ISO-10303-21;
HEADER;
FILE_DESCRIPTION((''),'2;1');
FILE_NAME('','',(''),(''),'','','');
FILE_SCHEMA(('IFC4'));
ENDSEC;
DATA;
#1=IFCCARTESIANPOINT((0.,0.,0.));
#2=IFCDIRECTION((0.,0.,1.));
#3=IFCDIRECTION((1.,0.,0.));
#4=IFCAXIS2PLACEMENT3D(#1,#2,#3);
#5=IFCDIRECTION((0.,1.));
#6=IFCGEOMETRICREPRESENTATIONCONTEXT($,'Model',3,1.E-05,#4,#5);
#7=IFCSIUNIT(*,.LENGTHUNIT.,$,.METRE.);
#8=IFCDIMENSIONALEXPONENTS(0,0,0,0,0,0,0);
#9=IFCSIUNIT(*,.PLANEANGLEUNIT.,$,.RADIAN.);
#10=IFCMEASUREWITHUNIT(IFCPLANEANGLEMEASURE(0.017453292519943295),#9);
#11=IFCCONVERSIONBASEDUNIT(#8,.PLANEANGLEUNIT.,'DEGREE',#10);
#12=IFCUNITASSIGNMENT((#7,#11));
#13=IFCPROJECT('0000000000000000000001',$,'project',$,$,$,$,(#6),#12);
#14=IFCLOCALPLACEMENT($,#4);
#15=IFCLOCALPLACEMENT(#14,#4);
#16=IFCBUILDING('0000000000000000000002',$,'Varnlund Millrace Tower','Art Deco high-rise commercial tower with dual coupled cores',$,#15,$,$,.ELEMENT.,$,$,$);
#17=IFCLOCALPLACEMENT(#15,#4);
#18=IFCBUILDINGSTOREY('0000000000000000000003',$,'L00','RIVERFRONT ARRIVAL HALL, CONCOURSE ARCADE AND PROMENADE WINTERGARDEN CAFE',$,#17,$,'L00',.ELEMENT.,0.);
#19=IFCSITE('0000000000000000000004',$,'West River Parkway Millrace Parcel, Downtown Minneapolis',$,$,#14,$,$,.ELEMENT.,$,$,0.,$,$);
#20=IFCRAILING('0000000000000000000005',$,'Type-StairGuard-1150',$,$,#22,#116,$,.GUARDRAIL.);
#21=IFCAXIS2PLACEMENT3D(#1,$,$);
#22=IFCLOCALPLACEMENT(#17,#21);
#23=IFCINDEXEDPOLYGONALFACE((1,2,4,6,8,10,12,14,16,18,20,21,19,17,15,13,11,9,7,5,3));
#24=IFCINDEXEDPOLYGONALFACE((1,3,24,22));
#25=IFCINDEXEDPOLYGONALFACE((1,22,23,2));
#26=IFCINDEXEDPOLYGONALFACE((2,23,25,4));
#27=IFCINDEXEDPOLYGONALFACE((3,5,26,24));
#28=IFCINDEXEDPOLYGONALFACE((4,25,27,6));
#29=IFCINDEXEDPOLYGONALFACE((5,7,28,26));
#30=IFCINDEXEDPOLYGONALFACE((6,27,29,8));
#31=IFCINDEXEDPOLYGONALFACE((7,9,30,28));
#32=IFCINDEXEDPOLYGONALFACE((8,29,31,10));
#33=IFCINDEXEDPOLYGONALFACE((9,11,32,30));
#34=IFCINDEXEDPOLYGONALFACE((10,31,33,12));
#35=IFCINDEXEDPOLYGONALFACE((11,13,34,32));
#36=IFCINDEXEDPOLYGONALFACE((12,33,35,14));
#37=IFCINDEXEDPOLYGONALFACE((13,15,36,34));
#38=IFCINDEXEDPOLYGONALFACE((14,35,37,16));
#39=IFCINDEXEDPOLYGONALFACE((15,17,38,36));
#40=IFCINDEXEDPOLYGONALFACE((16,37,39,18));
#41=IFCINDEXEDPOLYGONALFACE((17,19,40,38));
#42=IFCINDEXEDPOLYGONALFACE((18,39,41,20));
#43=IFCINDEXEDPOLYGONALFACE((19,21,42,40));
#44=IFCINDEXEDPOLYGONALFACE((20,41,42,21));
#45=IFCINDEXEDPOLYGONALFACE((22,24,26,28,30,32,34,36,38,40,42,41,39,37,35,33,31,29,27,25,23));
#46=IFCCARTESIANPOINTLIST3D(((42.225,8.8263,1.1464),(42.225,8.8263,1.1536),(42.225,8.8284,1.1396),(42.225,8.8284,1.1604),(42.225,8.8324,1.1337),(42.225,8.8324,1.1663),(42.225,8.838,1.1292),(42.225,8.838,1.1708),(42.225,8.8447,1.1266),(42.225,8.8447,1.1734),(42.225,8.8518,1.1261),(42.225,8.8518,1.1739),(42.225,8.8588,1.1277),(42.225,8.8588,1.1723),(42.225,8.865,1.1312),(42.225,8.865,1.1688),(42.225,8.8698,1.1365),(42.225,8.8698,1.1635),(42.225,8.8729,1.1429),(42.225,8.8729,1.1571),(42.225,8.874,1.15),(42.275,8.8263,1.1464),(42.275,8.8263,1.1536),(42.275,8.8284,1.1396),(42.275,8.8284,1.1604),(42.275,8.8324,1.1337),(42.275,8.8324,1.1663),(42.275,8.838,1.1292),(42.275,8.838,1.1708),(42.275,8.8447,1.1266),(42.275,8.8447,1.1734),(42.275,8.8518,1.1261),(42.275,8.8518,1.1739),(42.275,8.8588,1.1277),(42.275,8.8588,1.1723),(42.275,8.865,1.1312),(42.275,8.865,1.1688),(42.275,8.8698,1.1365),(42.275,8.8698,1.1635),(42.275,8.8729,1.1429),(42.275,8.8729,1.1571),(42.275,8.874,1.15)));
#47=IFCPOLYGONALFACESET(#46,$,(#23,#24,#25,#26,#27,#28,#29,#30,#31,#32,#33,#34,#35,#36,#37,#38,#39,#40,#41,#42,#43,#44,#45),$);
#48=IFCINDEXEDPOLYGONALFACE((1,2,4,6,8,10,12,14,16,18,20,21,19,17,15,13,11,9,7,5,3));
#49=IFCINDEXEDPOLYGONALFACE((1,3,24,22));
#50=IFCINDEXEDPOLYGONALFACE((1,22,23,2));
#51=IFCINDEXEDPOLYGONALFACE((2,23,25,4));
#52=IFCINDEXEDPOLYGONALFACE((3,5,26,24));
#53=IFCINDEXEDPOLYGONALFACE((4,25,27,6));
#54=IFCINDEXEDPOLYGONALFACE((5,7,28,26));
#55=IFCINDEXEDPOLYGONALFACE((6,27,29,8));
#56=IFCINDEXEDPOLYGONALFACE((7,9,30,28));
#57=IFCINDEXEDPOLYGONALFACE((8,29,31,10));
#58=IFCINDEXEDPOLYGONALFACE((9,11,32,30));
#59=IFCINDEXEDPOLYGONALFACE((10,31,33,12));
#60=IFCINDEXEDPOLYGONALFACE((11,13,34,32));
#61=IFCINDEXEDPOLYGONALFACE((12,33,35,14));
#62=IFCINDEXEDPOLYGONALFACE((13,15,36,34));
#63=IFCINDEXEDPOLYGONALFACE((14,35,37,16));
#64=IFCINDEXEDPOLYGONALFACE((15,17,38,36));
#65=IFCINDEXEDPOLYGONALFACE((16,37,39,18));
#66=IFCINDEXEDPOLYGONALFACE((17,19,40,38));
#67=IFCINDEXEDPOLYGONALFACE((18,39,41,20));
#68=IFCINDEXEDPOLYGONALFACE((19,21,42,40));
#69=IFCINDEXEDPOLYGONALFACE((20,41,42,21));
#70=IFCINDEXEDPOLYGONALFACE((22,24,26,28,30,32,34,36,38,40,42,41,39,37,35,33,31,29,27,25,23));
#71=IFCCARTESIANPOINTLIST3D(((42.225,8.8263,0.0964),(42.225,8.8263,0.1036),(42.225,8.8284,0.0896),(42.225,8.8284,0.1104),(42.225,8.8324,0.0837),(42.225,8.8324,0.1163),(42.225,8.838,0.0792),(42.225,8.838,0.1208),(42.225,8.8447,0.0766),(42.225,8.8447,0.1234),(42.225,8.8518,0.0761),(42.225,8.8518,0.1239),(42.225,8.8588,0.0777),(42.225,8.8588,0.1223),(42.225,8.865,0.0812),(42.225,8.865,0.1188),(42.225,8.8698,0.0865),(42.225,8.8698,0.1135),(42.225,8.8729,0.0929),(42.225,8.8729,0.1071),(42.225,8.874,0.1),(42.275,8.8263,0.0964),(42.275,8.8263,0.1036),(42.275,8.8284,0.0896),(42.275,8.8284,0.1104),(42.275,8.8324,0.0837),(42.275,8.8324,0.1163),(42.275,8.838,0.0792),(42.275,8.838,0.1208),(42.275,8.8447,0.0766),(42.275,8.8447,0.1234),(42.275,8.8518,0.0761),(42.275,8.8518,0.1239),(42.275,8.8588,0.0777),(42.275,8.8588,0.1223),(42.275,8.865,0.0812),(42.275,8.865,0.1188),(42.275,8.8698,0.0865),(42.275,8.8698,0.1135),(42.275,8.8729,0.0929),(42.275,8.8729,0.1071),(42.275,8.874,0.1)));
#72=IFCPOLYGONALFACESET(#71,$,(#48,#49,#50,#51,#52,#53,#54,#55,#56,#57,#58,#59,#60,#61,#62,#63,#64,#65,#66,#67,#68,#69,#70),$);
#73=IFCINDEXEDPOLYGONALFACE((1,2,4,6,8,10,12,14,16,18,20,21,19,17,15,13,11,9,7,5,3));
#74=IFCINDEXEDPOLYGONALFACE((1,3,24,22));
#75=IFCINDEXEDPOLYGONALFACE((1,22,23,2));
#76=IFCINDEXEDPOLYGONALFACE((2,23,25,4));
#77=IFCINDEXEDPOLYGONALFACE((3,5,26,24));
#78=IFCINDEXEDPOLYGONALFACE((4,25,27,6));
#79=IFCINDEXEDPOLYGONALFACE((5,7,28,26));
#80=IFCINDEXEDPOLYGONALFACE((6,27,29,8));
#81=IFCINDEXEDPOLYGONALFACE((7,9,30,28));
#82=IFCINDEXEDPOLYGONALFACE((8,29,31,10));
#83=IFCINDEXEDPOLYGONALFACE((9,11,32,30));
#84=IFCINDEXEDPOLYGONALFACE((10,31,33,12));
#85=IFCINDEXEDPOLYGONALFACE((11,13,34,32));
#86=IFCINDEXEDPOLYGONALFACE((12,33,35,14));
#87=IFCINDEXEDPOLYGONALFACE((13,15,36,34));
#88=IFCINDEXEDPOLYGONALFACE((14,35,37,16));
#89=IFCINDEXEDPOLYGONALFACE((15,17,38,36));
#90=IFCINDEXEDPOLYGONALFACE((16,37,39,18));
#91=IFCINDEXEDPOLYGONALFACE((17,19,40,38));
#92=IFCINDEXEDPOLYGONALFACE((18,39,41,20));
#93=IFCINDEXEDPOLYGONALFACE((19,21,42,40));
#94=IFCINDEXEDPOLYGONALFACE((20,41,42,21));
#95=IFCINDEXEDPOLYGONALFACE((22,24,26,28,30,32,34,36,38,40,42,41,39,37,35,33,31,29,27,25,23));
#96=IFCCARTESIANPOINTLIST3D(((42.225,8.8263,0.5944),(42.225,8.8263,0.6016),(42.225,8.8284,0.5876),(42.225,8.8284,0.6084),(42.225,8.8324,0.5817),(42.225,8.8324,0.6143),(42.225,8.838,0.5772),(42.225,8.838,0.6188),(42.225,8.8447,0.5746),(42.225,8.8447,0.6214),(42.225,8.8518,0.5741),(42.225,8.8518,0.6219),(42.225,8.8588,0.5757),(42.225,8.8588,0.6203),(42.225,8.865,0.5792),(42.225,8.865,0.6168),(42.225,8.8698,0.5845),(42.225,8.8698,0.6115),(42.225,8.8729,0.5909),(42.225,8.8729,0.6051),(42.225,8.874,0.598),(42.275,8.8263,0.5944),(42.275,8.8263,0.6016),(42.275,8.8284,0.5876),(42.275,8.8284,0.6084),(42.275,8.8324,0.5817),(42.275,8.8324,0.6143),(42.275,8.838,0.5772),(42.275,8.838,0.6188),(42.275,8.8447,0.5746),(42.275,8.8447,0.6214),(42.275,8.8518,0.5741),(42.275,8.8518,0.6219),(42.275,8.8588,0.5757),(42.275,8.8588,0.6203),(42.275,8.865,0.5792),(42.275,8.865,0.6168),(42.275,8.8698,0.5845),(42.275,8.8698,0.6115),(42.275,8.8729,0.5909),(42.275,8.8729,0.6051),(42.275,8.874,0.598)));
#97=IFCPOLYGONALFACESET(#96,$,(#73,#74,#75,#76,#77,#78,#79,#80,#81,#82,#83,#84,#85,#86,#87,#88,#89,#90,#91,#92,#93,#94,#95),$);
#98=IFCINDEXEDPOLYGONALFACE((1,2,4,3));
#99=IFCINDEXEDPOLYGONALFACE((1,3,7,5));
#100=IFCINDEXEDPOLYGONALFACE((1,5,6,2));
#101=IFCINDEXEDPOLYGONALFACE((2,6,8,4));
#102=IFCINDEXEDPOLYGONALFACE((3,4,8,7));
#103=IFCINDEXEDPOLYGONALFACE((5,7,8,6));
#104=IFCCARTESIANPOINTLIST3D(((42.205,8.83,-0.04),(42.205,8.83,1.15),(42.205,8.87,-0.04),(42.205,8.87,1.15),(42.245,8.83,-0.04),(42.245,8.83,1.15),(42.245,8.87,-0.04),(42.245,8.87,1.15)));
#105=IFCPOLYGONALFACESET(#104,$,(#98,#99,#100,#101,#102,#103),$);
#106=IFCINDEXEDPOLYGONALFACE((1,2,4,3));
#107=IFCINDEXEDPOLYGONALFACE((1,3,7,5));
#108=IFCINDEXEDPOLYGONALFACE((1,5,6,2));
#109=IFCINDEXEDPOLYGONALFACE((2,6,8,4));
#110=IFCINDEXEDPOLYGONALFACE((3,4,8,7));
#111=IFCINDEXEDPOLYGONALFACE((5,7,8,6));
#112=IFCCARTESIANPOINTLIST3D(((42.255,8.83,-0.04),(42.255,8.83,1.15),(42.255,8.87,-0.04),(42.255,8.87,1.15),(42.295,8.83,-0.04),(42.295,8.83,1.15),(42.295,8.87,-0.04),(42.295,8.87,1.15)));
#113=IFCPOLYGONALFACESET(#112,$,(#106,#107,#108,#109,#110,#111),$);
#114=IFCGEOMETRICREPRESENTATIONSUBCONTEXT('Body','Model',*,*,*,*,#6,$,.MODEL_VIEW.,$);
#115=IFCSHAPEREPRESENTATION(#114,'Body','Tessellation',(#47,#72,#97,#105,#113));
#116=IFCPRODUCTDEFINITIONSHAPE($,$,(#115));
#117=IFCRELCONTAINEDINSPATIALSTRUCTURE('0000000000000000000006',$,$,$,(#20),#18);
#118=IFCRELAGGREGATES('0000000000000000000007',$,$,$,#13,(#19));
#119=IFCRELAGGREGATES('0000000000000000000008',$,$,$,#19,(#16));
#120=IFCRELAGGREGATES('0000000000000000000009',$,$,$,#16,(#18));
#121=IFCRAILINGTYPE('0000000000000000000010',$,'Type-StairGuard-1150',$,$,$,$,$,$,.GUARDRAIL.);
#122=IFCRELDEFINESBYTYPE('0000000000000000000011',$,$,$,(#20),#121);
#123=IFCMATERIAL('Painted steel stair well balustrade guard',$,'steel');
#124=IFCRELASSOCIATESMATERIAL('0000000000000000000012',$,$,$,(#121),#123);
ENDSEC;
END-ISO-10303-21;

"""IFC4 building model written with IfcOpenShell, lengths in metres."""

from ifc_helpers import new_model, entity, si_unit, converted_unit, direction, frame, origin_with_axes, origin_2d_with_axis, place, context, subcontext, project, spatial, rectangle, circle, extrude, material, type_object, element, save


model = new_model("IFC4")

# Units and contexts
model_context = context("Model", 3, precision=1e-05, world=origin_with_axes(), true_north=direction((0.0, 1.0)))
body_context = subcontext(model_context, "Body", "Model", "MODEL_VIEW")
ifc_project = project(units=[si_unit("LENGTHUNIT", "METRE"), converted_unit("PLANEANGLEUNIT", "DEGREE", entity("IfcPlaneAngleMeasure", 0.017453292519943295), si_unit("PLANEANGLEUNIT", "RADIAN"), dimensions=[0, 0, 0, 0, 0, 0, 0])], contexts=[model_context])

# Site, building, storey
site_placement = place(None, origin_with_axes())
site = spatial("IfcSite", under=ifc_project, at=site_placement, Name="West River Parkway Millrace Parcel, Downtown Minneapolis", CompositionType="ELEMENT", RefElevation=0.0)
building_placement = place(site_placement, origin_with_axes())
building = spatial("IfcBuilding", under=site, at=building_placement, Name="Varnlund Millrace Tower", Description="Art Deco high-rise commercial tower with dual coupled cores", CompositionType="ELEMENT")
storey_placement = place(building_placement, origin_with_axes())
storey = spatial("IfcBuildingStorey", under=building, at=storey_placement, Name="L00", Description="RIVERFRONT ARRIVAL HALL, CONCOURSE ARCADE AND PROMENADE WINTERGARDEN CAFE", LongName="L00", CompositionType="ELEMENT", Elevation=0.0)

# Railing
ifc_material_1 = material(Name="Painted steel stair well balustrade guard", Category="steel")
railing_type_1 = type_object("IfcRailingType", Name="Type-StairGuard-1150", PredefinedType="GUARDRAIL", material=ifc_material_1)
railing_1_placement = place(storey_placement, origin_with_axes())
element("IfcRailing", 1, at=railing_1_placement, inside=storey, type_object=railing_type_1, Name="Type-StairGuard-1150", PredefinedType="GUARDRAIL", context=body_context, shape_type="SweptSolid", body=[
    extrude(circle(Radius=0.024, at=origin_2d_with_axis()), frame((42.225, 8.85, 1.15), z_axis=(1.0, 0.0, 0.0), x_axis=(0.0, 1.0, 0.0)), (0.0, 0.0, 1.0), 0.05),
    extrude(circle(Radius=0.024, at=origin_2d_with_axis()), frame((42.225, 8.85, 0.1), z_axis=(1.0, 0.0, 0.0), x_axis=(0.0, 1.0, 0.0)), (0.0, 0.0, 1.0), 0.05),
    extrude(circle(Radius=0.024, at=origin_2d_with_axis()), frame((42.225, 8.85, 0.598), z_axis=(1.0, 0.0, 0.0), x_axis=(0.0, 1.0, 0.0)), (0.0, 0.0, 1.0), 0.05),
    extrude(rectangle(XDim=0.04, YDim=0.04, at=origin_2d_with_axis()), frame((42.225, 8.85, -0.04), z_axis=(0.0, 0.0, 1.0), x_axis=(1.0, 0.0, 0.0)), (0.0, 0.0, 1.0), 1.19),
    extrude(rectangle(XDim=0.04, YDim=0.04, at=origin_2d_with_axis()), frame((42.275, 8.85, -0.04), z_axis=(0.0, 0.0, 1.0), x_axis=(1.0, 0.0, 0.0)), (0.0, 0.0, 1.0), 1.19),
])

save(model, "model.ifc")
